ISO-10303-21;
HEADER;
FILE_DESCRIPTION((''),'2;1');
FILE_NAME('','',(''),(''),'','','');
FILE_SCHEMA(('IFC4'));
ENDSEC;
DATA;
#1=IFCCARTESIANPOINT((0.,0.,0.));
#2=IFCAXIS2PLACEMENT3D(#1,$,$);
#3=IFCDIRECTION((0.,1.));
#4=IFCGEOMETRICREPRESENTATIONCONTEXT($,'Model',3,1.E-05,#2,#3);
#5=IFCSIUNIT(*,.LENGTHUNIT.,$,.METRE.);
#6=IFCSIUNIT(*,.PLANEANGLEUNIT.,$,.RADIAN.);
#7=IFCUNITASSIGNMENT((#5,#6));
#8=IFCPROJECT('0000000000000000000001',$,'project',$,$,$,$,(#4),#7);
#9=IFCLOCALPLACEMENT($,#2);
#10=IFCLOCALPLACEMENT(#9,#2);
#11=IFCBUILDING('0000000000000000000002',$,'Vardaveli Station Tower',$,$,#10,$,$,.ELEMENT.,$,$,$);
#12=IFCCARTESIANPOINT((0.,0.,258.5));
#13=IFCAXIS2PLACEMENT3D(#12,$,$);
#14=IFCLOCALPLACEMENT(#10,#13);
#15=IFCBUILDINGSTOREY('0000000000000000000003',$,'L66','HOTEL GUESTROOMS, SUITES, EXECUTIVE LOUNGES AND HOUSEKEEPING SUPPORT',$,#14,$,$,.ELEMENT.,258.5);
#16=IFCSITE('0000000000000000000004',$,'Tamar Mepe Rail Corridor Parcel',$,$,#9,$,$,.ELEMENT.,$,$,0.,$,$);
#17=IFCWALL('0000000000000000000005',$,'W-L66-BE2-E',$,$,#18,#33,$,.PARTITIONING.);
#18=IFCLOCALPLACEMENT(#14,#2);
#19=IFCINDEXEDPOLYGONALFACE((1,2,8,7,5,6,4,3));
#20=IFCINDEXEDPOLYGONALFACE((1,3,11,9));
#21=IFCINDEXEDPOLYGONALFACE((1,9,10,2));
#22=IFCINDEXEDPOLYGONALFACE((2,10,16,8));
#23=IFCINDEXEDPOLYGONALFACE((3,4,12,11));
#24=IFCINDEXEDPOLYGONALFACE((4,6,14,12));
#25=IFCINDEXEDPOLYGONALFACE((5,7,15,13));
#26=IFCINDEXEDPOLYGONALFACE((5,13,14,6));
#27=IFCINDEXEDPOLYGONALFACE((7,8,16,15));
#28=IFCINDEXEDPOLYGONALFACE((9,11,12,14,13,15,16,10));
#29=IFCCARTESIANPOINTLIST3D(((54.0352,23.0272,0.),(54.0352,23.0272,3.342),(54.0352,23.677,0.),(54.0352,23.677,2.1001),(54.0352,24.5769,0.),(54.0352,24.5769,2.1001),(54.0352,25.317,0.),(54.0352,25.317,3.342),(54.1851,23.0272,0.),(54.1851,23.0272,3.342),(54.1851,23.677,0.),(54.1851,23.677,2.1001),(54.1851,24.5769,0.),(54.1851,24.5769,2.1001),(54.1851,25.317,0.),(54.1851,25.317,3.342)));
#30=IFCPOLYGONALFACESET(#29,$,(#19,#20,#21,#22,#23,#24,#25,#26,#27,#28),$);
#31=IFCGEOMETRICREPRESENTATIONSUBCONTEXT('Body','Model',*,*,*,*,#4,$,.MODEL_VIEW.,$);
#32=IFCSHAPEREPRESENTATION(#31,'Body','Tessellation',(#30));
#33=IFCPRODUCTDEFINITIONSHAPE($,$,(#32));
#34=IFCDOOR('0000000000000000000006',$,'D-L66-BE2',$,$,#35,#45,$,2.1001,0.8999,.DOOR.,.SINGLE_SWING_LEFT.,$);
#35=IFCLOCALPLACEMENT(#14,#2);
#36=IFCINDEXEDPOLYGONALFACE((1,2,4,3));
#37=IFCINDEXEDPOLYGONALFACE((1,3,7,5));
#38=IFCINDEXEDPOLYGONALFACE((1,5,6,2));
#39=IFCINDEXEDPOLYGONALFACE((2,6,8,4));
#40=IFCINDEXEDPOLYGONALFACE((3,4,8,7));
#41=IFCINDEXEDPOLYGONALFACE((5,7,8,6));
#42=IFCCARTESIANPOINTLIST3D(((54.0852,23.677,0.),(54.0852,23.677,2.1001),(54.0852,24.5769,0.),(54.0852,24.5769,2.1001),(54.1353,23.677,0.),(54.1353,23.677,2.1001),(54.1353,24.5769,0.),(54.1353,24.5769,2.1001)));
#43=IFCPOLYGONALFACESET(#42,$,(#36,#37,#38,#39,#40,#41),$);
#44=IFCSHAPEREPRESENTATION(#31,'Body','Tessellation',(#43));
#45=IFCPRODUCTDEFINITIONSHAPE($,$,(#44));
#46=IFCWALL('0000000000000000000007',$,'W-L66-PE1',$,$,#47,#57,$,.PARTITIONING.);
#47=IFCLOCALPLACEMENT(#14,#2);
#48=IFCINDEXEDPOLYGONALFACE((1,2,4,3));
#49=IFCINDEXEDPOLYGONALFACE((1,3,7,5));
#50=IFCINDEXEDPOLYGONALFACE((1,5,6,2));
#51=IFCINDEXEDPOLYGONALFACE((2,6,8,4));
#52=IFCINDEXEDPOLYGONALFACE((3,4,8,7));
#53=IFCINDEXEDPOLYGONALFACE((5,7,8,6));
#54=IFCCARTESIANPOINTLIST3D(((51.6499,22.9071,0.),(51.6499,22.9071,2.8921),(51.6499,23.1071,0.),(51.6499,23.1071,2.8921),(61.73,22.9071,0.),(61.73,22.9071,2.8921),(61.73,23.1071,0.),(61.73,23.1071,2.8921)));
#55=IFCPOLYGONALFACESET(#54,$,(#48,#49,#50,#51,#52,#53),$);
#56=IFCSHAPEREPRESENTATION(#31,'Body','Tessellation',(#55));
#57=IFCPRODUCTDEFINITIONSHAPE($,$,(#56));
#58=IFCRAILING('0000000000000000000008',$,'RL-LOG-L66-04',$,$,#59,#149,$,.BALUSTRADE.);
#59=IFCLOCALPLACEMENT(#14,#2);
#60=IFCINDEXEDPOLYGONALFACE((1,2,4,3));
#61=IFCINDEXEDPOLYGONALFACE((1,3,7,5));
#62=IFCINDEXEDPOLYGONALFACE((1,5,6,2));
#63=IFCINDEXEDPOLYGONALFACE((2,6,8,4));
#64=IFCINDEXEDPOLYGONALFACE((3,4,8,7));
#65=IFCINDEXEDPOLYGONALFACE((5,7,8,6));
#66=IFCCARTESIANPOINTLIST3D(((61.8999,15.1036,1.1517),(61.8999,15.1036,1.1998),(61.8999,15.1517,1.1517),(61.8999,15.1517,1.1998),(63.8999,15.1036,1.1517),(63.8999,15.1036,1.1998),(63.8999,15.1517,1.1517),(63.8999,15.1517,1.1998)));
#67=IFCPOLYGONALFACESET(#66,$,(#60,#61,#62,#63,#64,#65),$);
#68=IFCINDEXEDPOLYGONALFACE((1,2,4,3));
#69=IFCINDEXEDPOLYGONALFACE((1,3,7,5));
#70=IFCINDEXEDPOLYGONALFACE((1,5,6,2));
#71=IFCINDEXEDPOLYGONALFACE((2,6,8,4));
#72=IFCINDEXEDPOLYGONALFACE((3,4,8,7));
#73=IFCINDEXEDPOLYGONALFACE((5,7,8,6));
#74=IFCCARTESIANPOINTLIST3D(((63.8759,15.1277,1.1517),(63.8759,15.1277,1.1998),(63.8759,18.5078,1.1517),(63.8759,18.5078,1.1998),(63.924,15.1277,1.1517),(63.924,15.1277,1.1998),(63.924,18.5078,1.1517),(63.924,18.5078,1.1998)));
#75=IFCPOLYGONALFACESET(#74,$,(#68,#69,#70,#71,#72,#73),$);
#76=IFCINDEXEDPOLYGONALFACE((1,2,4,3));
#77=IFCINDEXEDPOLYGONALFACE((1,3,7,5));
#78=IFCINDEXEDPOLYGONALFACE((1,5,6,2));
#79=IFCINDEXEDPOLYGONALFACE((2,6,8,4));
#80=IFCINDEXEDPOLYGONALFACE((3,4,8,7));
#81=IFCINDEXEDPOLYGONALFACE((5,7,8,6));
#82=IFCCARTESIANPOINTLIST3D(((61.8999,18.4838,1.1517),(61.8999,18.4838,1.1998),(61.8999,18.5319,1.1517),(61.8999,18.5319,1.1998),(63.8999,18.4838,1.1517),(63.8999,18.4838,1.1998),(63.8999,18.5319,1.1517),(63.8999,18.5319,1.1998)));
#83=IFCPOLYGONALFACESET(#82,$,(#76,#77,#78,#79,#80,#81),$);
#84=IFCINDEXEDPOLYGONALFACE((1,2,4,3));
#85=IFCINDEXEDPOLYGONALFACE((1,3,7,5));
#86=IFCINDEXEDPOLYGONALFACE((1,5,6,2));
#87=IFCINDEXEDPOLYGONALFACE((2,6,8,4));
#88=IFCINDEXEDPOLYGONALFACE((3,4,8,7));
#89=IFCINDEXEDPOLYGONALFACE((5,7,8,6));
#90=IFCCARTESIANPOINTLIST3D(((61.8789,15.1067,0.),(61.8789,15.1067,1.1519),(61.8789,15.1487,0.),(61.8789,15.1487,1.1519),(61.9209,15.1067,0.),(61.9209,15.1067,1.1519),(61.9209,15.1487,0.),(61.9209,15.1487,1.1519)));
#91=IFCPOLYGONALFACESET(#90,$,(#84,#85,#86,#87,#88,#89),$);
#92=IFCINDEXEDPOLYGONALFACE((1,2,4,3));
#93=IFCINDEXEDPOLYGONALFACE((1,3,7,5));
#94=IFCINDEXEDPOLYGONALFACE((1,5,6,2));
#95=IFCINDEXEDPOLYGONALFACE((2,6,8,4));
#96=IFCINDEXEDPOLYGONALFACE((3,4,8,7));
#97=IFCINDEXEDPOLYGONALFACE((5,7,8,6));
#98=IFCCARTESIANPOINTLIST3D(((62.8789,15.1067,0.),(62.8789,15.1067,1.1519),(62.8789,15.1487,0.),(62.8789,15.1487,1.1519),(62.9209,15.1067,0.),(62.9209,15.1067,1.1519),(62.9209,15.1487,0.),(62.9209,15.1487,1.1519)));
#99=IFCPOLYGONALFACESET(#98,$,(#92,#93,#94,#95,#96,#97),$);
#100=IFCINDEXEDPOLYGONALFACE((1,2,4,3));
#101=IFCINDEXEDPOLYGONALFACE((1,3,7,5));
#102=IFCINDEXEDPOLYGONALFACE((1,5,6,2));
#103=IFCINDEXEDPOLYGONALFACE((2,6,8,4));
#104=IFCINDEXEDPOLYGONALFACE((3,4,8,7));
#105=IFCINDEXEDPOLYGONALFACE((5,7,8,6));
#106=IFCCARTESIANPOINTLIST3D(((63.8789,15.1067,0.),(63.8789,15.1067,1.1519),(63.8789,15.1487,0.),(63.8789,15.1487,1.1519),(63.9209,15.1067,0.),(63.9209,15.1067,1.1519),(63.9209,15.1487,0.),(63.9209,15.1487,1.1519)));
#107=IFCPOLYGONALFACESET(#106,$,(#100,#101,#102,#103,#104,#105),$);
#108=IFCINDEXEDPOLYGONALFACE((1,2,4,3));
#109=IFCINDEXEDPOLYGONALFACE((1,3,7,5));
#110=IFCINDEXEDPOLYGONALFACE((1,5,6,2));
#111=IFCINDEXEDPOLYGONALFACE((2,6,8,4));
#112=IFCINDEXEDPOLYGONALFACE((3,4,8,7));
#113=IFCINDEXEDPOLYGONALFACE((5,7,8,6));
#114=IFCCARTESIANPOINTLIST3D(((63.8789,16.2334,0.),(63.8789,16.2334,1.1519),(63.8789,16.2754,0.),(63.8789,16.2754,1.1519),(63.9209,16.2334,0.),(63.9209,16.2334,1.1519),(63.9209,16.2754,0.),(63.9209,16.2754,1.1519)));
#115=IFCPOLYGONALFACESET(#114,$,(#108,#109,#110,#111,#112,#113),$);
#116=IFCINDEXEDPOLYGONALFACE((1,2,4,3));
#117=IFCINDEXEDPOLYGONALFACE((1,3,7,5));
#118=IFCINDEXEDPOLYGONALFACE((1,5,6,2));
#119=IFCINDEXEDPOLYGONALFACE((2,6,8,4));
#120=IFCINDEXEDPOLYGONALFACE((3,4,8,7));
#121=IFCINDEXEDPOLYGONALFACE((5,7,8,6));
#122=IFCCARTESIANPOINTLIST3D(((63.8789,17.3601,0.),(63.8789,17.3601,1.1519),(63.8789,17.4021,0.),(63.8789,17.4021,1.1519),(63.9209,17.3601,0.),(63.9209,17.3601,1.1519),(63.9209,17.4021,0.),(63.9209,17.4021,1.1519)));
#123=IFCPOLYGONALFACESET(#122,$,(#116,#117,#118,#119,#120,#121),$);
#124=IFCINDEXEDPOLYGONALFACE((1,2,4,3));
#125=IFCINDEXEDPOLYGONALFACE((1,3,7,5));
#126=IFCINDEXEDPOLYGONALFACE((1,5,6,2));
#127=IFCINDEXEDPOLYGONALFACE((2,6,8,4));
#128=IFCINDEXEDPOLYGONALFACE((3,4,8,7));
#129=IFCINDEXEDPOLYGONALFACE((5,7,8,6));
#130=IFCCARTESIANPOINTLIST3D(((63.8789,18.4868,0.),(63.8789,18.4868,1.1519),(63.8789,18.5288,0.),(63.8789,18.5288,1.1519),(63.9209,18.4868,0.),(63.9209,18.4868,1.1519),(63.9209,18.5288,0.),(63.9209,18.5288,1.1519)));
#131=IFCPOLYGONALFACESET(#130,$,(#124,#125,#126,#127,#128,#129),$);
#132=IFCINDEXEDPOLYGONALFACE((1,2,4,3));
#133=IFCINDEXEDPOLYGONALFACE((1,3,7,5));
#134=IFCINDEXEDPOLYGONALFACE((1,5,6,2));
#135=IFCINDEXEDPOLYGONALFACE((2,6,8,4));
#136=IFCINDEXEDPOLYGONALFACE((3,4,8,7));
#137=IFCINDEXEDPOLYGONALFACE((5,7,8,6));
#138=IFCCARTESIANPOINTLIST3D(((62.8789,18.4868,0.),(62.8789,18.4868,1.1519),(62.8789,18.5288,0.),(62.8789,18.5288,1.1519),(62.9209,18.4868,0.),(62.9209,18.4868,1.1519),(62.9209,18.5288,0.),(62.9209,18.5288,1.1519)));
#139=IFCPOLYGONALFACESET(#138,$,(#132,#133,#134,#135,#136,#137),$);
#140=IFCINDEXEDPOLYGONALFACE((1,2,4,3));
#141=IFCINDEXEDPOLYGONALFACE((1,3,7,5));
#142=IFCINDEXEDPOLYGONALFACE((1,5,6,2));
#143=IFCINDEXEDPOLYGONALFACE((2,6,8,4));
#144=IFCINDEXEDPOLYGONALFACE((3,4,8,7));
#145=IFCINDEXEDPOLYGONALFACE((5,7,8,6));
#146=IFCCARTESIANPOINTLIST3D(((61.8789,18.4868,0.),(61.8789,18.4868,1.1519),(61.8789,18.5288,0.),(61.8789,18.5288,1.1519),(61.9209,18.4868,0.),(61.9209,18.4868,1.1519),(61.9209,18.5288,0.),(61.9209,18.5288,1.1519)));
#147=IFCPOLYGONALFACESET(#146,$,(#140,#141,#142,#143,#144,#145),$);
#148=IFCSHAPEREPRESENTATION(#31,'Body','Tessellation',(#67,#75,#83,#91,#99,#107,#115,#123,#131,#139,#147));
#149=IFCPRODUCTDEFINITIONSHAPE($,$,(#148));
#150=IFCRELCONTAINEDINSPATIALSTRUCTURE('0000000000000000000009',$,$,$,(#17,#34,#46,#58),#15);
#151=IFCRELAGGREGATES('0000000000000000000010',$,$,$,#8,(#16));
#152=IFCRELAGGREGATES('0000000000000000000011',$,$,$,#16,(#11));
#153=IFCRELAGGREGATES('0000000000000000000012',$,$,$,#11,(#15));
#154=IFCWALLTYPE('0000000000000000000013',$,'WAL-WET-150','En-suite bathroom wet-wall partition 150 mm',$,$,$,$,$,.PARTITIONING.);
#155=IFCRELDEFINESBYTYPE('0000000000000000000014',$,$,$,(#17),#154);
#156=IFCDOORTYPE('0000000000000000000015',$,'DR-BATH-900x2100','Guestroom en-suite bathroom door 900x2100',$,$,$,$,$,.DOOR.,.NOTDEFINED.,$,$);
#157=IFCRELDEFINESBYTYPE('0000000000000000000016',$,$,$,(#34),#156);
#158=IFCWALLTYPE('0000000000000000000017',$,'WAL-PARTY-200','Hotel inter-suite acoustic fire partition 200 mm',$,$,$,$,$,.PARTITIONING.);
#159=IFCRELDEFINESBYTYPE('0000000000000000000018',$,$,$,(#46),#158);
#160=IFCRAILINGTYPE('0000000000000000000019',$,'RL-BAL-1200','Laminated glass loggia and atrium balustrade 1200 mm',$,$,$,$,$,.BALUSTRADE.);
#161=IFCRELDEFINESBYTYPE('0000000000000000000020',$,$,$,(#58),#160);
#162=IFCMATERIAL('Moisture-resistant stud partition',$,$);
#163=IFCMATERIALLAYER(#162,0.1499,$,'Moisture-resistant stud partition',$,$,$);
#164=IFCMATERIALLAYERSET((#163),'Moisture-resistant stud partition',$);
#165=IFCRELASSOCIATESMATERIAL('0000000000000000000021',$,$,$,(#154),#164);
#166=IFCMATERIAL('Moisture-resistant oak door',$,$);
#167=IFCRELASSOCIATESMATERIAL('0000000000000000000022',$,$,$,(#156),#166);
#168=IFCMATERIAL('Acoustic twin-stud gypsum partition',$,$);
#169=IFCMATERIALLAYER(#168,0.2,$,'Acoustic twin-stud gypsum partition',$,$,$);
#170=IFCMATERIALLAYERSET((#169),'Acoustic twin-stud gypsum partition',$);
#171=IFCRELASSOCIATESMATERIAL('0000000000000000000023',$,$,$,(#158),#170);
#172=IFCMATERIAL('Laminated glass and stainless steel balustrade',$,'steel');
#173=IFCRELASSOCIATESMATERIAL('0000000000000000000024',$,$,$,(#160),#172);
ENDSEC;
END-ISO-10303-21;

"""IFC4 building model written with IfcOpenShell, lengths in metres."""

from ifc_helpers import new_model, si_unit, direction, frame, frame_2d, origin, origin_2d, place, context, subcontext, project, spatial, rectangle, extrude, source, transform, mapped, material, layer, layer_set, type_object, element, fill, save


model = new_model("IFC4")

# Units and contexts
model_context = context("Model", 3, precision=1e-05, world=origin(), true_north=direction((0.0, 1.0)))
body_context = subcontext(model_context, "Body", "Model", "MODEL_VIEW")
ifc_project = project(units=[si_unit("LENGTHUNIT", "METRE"), si_unit("PLANEANGLEUNIT", "RADIAN")], contexts=[model_context])

# Site, building, storey
site_placement = place(None, origin())
site = spatial("IfcSite", under=ifc_project, at=site_placement, Name="Tamar Mepe Rail Corridor Parcel", CompositionType="ELEMENT", RefElevation=0.0)
building_placement = place(site_placement, origin())
building = spatial("IfcBuilding", under=site, at=building_placement, Name="Vardaveli Station Tower", CompositionType="ELEMENT")
storey_placement = place(building_placement, frame((0.0, 0.0, 258.5)))
storey = spatial("IfcBuildingStorey", under=building, at=storey_placement, Name="L66", Description="HOTEL GUESTROOMS, SUITES, EXECUTIVE LOUNGES AND HOUSEKEEPING SUPPORT", CompositionType="ELEMENT", Elevation=258.5)

# Shared definitions
ifc_material_1 = material(Name="Moisture-resistant stud partition")
ifc_layer_1 = layer(ifc_material_1, 0.1499, Name="Moisture-resistant stud partition")
ifc_layer_set_1 = layer_set([ifc_layer_1], Name="Moisture-resistant stud partition")
wall_type_1 = type_object("IfcWallType", Name="WAL-WET-150", Description="En-suite bathroom wet-wall partition 150 mm", PredefinedType="PARTITIONING", material=ifc_layer_set_1)

# Wall, opening, door
shared_shape_1 = source(origin(), body_context, "Body", "SweptSolid", [
    extrude(rectangle(XDim=2.2898, YDim=0.1499, at=frame_2d((1.145, 0.0))), origin(), (0.0, 0.0, 1.0), 3.342),
])
wall_1_placement = place(storey_placement, frame((54.1101, 23.0271, 0.0), z_axis=(0.0, 0.0, 1.0), x_axis=(0.0, 1.0, 0.0)))
wall_1 = element("IfcWall", 1, at=wall_1_placement, inside=storey, type_object=wall_type_1, Name="W-L66-BE2-E", PredefinedType="PARTITIONING", context=body_context, shape_type="MappedRepresentation", body=[
    mapped(shared_shape_1, transform((0.0, 0.0, 0.0), scale=1.0)),
])
shared_shape_2 = source(origin(), body_context, "Body", "SweptSolid", [
    extrude(rectangle(XDim=0.8999, YDim=2.1001, at=frame_2d((0.45, 1.05))), frame((0.0, 0.085, 0.0), z_axis=(0.0, -1.0, 0.0), x_axis=(1.0, 0.0, 0.0)), (0.0, 0.0, 1.0), 0.1699),
])
opening_placement = place(wall_1_placement, frame((0.6499, 0.0, 0.0)))
opening = element("IfcOpeningElement", 2, at=opening_placement, cuts=wall_1, PredefinedType="OPENING", context=body_context, shape_type="MappedRepresentation", body=[
    mapped(shared_shape_2, transform((0.0, 0.0, 0.0), scale=1.0)),
])
ifc_material_2 = material(Name="Moisture-resistant oak door")
door_type = type_object("IfcDoorType", Name="DR-BATH-900x2100", Description="Guestroom en-suite bathroom door 900x2100", OperationType="NOTDEFINED", PredefinedType="DOOR", material=ifc_material_2)
shared_shape_3 = source(origin(), body_context, "Body", "SweptSolid", [
    extrude(rectangle(XDim=0.8999, YDim=2.1001, at=frame_2d((0.45, 1.05))), frame((0.0, 0.0249, 0.0), z_axis=(0.0, -1.0, 0.0), x_axis=(1.0, 0.0, 0.0)), (0.0, 0.0, 1.0), 0.05),
])
door_placement = place(opening_placement, origin())
door = element("IfcDoor", 3, at=door_placement, inside=storey, type_object=door_type, Name="D-L66-BE2", OperationType="SINGLE_SWING_LEFT", OverallHeight=2.1001, OverallWidth=0.8999, PredefinedType="DOOR", context=body_context, shape_type="MappedRepresentation", body=[
    mapped(shared_shape_3, transform((0.0, 0.0, 0.0), scale=1.0)),
])
fill(opening, door)

# Wall
ifc_material_3 = material(Name="Acoustic twin-stud gypsum partition")
ifc_layer_2 = layer(ifc_material_3, 0.2, Name="Acoustic twin-stud gypsum partition")
ifc_layer_set_2 = layer_set([ifc_layer_2], Name="Acoustic twin-stud gypsum partition")
wall_type_2 = type_object("IfcWallType", Name="WAL-PARTY-200", Description="Hotel inter-suite acoustic fire partition 200 mm", PredefinedType="PARTITIONING", material=ifc_layer_set_2)
shared_shape_4 = source(origin(), body_context, "Body", "SweptSolid", [
    extrude(rectangle(XDim=10.0801, YDim=0.2, at=frame_2d((5.04, 0.0))), origin(), (0.0, 0.0, 1.0), 2.8921),
])
wall_2_placement = place(storey_placement, frame((51.6499, 23.0071, 0.0), z_axis=(0.0, 0.0, 1.0), x_axis=(1.0, 0.0, 0.0)))
element("IfcWall", 4, at=wall_2_placement, inside=storey, type_object=wall_type_2, Name="W-L66-PE1", PredefinedType="PARTITIONING", context=body_context, shape_type="MappedRepresentation", body=[
    mapped(shared_shape_4, transform((0.0, 0.0, 0.0), scale=1.0)),
])

# Railing
ifc_material_4 = material(Name="Laminated glass and stainless steel balustrade", Category="steel")
railing_type = type_object("IfcRailingType", Name="RL-BAL-1200", Description="Laminated glass loggia and atrium balustrade 1200 mm", PredefinedType="BALUSTRADE", material=ifc_material_4)
shared_shape_5 = source(origin(), body_context, "Body", "SweptSolid", [
    extrude(rectangle(XDim=0.0481, YDim=0.0481, at=origin_2d()), frame((0.0, 0.0, 1.1758), z_axis=(1.0, 0.0, 0.0), x_axis=(0.0, 1.0, 0.0)), (0.0, 0.0, 1.0), 2.0),
    extrude(rectangle(XDim=0.0481, YDim=0.0481, at=origin_2d()), frame((2.0, 0.0, 1.1758), z_axis=(0.0, 1.0, 0.0), x_axis=(-1.0, 0.0, 0.0)), (0.0, 0.0, 1.0), 3.3801),
    extrude(rectangle(XDim=0.0481, YDim=0.0481, at=origin_2d()), frame((2.0, 3.3801, 1.1758), z_axis=(-1.0, 0.0, 0.0), x_axis=(0.0, -1.0, 0.0)), (0.0, 0.0, 1.0), 2.0),
    extrude(rectangle(XDim=0.042, YDim=0.042, at=origin_2d()), origin(), (0.0, 0.0, 1.0), 1.1519),
    extrude(rectangle(XDim=0.042, YDim=0.042, at=origin_2d()), frame((1.0, 0.0, 0.0)), (0.0, 0.0, 1.0), 1.1519),
    extrude(rectangle(XDim=0.042, YDim=0.042, at=origin_2d()), frame((2.0, 0.0, 0.0)), (0.0, 0.0, 1.0), 1.1519),
    extrude(rectangle(XDim=0.042, YDim=0.042, at=origin_2d()), frame((2.0, 1.1267, 0.0)), (0.0, 0.0, 1.0), 1.1519),
    extrude(rectangle(XDim=0.042, YDim=0.042, at=origin_2d()), frame((2.0, 2.2534, 0.0)), (0.0, 0.0, 1.0), 1.1519),
    extrude(rectangle(XDim=0.042, YDim=0.042, at=origin_2d()), frame((2.0, 3.3801, 0.0)), (0.0, 0.0, 1.0), 1.1519),
    extrude(rectangle(XDim=0.042, YDim=0.042, at=origin_2d()), frame((1.0, 3.3801, 0.0)), (0.0, 0.0, 1.0), 1.1519),
    extrude(rectangle(XDim=0.042, YDim=0.042, at=origin_2d()), frame((0.0, 3.3801, 0.0)), (0.0, 0.0, 1.0), 1.1519),
])
railing_placement = place(storey_placement, frame((61.8999, 15.1277, 0.0)))
element("IfcRailing", 5, at=railing_placement, inside=storey, type_object=railing_type, Name="RL-LOG-L66-04", PredefinedType="BALUSTRADE", context=body_context, shape_type="MappedRepresentation", body=[
    mapped(shared_shape_5, transform((0.0, 0.0, 0.0), scale=1.0)),
])

save(model, "model.ifc")
